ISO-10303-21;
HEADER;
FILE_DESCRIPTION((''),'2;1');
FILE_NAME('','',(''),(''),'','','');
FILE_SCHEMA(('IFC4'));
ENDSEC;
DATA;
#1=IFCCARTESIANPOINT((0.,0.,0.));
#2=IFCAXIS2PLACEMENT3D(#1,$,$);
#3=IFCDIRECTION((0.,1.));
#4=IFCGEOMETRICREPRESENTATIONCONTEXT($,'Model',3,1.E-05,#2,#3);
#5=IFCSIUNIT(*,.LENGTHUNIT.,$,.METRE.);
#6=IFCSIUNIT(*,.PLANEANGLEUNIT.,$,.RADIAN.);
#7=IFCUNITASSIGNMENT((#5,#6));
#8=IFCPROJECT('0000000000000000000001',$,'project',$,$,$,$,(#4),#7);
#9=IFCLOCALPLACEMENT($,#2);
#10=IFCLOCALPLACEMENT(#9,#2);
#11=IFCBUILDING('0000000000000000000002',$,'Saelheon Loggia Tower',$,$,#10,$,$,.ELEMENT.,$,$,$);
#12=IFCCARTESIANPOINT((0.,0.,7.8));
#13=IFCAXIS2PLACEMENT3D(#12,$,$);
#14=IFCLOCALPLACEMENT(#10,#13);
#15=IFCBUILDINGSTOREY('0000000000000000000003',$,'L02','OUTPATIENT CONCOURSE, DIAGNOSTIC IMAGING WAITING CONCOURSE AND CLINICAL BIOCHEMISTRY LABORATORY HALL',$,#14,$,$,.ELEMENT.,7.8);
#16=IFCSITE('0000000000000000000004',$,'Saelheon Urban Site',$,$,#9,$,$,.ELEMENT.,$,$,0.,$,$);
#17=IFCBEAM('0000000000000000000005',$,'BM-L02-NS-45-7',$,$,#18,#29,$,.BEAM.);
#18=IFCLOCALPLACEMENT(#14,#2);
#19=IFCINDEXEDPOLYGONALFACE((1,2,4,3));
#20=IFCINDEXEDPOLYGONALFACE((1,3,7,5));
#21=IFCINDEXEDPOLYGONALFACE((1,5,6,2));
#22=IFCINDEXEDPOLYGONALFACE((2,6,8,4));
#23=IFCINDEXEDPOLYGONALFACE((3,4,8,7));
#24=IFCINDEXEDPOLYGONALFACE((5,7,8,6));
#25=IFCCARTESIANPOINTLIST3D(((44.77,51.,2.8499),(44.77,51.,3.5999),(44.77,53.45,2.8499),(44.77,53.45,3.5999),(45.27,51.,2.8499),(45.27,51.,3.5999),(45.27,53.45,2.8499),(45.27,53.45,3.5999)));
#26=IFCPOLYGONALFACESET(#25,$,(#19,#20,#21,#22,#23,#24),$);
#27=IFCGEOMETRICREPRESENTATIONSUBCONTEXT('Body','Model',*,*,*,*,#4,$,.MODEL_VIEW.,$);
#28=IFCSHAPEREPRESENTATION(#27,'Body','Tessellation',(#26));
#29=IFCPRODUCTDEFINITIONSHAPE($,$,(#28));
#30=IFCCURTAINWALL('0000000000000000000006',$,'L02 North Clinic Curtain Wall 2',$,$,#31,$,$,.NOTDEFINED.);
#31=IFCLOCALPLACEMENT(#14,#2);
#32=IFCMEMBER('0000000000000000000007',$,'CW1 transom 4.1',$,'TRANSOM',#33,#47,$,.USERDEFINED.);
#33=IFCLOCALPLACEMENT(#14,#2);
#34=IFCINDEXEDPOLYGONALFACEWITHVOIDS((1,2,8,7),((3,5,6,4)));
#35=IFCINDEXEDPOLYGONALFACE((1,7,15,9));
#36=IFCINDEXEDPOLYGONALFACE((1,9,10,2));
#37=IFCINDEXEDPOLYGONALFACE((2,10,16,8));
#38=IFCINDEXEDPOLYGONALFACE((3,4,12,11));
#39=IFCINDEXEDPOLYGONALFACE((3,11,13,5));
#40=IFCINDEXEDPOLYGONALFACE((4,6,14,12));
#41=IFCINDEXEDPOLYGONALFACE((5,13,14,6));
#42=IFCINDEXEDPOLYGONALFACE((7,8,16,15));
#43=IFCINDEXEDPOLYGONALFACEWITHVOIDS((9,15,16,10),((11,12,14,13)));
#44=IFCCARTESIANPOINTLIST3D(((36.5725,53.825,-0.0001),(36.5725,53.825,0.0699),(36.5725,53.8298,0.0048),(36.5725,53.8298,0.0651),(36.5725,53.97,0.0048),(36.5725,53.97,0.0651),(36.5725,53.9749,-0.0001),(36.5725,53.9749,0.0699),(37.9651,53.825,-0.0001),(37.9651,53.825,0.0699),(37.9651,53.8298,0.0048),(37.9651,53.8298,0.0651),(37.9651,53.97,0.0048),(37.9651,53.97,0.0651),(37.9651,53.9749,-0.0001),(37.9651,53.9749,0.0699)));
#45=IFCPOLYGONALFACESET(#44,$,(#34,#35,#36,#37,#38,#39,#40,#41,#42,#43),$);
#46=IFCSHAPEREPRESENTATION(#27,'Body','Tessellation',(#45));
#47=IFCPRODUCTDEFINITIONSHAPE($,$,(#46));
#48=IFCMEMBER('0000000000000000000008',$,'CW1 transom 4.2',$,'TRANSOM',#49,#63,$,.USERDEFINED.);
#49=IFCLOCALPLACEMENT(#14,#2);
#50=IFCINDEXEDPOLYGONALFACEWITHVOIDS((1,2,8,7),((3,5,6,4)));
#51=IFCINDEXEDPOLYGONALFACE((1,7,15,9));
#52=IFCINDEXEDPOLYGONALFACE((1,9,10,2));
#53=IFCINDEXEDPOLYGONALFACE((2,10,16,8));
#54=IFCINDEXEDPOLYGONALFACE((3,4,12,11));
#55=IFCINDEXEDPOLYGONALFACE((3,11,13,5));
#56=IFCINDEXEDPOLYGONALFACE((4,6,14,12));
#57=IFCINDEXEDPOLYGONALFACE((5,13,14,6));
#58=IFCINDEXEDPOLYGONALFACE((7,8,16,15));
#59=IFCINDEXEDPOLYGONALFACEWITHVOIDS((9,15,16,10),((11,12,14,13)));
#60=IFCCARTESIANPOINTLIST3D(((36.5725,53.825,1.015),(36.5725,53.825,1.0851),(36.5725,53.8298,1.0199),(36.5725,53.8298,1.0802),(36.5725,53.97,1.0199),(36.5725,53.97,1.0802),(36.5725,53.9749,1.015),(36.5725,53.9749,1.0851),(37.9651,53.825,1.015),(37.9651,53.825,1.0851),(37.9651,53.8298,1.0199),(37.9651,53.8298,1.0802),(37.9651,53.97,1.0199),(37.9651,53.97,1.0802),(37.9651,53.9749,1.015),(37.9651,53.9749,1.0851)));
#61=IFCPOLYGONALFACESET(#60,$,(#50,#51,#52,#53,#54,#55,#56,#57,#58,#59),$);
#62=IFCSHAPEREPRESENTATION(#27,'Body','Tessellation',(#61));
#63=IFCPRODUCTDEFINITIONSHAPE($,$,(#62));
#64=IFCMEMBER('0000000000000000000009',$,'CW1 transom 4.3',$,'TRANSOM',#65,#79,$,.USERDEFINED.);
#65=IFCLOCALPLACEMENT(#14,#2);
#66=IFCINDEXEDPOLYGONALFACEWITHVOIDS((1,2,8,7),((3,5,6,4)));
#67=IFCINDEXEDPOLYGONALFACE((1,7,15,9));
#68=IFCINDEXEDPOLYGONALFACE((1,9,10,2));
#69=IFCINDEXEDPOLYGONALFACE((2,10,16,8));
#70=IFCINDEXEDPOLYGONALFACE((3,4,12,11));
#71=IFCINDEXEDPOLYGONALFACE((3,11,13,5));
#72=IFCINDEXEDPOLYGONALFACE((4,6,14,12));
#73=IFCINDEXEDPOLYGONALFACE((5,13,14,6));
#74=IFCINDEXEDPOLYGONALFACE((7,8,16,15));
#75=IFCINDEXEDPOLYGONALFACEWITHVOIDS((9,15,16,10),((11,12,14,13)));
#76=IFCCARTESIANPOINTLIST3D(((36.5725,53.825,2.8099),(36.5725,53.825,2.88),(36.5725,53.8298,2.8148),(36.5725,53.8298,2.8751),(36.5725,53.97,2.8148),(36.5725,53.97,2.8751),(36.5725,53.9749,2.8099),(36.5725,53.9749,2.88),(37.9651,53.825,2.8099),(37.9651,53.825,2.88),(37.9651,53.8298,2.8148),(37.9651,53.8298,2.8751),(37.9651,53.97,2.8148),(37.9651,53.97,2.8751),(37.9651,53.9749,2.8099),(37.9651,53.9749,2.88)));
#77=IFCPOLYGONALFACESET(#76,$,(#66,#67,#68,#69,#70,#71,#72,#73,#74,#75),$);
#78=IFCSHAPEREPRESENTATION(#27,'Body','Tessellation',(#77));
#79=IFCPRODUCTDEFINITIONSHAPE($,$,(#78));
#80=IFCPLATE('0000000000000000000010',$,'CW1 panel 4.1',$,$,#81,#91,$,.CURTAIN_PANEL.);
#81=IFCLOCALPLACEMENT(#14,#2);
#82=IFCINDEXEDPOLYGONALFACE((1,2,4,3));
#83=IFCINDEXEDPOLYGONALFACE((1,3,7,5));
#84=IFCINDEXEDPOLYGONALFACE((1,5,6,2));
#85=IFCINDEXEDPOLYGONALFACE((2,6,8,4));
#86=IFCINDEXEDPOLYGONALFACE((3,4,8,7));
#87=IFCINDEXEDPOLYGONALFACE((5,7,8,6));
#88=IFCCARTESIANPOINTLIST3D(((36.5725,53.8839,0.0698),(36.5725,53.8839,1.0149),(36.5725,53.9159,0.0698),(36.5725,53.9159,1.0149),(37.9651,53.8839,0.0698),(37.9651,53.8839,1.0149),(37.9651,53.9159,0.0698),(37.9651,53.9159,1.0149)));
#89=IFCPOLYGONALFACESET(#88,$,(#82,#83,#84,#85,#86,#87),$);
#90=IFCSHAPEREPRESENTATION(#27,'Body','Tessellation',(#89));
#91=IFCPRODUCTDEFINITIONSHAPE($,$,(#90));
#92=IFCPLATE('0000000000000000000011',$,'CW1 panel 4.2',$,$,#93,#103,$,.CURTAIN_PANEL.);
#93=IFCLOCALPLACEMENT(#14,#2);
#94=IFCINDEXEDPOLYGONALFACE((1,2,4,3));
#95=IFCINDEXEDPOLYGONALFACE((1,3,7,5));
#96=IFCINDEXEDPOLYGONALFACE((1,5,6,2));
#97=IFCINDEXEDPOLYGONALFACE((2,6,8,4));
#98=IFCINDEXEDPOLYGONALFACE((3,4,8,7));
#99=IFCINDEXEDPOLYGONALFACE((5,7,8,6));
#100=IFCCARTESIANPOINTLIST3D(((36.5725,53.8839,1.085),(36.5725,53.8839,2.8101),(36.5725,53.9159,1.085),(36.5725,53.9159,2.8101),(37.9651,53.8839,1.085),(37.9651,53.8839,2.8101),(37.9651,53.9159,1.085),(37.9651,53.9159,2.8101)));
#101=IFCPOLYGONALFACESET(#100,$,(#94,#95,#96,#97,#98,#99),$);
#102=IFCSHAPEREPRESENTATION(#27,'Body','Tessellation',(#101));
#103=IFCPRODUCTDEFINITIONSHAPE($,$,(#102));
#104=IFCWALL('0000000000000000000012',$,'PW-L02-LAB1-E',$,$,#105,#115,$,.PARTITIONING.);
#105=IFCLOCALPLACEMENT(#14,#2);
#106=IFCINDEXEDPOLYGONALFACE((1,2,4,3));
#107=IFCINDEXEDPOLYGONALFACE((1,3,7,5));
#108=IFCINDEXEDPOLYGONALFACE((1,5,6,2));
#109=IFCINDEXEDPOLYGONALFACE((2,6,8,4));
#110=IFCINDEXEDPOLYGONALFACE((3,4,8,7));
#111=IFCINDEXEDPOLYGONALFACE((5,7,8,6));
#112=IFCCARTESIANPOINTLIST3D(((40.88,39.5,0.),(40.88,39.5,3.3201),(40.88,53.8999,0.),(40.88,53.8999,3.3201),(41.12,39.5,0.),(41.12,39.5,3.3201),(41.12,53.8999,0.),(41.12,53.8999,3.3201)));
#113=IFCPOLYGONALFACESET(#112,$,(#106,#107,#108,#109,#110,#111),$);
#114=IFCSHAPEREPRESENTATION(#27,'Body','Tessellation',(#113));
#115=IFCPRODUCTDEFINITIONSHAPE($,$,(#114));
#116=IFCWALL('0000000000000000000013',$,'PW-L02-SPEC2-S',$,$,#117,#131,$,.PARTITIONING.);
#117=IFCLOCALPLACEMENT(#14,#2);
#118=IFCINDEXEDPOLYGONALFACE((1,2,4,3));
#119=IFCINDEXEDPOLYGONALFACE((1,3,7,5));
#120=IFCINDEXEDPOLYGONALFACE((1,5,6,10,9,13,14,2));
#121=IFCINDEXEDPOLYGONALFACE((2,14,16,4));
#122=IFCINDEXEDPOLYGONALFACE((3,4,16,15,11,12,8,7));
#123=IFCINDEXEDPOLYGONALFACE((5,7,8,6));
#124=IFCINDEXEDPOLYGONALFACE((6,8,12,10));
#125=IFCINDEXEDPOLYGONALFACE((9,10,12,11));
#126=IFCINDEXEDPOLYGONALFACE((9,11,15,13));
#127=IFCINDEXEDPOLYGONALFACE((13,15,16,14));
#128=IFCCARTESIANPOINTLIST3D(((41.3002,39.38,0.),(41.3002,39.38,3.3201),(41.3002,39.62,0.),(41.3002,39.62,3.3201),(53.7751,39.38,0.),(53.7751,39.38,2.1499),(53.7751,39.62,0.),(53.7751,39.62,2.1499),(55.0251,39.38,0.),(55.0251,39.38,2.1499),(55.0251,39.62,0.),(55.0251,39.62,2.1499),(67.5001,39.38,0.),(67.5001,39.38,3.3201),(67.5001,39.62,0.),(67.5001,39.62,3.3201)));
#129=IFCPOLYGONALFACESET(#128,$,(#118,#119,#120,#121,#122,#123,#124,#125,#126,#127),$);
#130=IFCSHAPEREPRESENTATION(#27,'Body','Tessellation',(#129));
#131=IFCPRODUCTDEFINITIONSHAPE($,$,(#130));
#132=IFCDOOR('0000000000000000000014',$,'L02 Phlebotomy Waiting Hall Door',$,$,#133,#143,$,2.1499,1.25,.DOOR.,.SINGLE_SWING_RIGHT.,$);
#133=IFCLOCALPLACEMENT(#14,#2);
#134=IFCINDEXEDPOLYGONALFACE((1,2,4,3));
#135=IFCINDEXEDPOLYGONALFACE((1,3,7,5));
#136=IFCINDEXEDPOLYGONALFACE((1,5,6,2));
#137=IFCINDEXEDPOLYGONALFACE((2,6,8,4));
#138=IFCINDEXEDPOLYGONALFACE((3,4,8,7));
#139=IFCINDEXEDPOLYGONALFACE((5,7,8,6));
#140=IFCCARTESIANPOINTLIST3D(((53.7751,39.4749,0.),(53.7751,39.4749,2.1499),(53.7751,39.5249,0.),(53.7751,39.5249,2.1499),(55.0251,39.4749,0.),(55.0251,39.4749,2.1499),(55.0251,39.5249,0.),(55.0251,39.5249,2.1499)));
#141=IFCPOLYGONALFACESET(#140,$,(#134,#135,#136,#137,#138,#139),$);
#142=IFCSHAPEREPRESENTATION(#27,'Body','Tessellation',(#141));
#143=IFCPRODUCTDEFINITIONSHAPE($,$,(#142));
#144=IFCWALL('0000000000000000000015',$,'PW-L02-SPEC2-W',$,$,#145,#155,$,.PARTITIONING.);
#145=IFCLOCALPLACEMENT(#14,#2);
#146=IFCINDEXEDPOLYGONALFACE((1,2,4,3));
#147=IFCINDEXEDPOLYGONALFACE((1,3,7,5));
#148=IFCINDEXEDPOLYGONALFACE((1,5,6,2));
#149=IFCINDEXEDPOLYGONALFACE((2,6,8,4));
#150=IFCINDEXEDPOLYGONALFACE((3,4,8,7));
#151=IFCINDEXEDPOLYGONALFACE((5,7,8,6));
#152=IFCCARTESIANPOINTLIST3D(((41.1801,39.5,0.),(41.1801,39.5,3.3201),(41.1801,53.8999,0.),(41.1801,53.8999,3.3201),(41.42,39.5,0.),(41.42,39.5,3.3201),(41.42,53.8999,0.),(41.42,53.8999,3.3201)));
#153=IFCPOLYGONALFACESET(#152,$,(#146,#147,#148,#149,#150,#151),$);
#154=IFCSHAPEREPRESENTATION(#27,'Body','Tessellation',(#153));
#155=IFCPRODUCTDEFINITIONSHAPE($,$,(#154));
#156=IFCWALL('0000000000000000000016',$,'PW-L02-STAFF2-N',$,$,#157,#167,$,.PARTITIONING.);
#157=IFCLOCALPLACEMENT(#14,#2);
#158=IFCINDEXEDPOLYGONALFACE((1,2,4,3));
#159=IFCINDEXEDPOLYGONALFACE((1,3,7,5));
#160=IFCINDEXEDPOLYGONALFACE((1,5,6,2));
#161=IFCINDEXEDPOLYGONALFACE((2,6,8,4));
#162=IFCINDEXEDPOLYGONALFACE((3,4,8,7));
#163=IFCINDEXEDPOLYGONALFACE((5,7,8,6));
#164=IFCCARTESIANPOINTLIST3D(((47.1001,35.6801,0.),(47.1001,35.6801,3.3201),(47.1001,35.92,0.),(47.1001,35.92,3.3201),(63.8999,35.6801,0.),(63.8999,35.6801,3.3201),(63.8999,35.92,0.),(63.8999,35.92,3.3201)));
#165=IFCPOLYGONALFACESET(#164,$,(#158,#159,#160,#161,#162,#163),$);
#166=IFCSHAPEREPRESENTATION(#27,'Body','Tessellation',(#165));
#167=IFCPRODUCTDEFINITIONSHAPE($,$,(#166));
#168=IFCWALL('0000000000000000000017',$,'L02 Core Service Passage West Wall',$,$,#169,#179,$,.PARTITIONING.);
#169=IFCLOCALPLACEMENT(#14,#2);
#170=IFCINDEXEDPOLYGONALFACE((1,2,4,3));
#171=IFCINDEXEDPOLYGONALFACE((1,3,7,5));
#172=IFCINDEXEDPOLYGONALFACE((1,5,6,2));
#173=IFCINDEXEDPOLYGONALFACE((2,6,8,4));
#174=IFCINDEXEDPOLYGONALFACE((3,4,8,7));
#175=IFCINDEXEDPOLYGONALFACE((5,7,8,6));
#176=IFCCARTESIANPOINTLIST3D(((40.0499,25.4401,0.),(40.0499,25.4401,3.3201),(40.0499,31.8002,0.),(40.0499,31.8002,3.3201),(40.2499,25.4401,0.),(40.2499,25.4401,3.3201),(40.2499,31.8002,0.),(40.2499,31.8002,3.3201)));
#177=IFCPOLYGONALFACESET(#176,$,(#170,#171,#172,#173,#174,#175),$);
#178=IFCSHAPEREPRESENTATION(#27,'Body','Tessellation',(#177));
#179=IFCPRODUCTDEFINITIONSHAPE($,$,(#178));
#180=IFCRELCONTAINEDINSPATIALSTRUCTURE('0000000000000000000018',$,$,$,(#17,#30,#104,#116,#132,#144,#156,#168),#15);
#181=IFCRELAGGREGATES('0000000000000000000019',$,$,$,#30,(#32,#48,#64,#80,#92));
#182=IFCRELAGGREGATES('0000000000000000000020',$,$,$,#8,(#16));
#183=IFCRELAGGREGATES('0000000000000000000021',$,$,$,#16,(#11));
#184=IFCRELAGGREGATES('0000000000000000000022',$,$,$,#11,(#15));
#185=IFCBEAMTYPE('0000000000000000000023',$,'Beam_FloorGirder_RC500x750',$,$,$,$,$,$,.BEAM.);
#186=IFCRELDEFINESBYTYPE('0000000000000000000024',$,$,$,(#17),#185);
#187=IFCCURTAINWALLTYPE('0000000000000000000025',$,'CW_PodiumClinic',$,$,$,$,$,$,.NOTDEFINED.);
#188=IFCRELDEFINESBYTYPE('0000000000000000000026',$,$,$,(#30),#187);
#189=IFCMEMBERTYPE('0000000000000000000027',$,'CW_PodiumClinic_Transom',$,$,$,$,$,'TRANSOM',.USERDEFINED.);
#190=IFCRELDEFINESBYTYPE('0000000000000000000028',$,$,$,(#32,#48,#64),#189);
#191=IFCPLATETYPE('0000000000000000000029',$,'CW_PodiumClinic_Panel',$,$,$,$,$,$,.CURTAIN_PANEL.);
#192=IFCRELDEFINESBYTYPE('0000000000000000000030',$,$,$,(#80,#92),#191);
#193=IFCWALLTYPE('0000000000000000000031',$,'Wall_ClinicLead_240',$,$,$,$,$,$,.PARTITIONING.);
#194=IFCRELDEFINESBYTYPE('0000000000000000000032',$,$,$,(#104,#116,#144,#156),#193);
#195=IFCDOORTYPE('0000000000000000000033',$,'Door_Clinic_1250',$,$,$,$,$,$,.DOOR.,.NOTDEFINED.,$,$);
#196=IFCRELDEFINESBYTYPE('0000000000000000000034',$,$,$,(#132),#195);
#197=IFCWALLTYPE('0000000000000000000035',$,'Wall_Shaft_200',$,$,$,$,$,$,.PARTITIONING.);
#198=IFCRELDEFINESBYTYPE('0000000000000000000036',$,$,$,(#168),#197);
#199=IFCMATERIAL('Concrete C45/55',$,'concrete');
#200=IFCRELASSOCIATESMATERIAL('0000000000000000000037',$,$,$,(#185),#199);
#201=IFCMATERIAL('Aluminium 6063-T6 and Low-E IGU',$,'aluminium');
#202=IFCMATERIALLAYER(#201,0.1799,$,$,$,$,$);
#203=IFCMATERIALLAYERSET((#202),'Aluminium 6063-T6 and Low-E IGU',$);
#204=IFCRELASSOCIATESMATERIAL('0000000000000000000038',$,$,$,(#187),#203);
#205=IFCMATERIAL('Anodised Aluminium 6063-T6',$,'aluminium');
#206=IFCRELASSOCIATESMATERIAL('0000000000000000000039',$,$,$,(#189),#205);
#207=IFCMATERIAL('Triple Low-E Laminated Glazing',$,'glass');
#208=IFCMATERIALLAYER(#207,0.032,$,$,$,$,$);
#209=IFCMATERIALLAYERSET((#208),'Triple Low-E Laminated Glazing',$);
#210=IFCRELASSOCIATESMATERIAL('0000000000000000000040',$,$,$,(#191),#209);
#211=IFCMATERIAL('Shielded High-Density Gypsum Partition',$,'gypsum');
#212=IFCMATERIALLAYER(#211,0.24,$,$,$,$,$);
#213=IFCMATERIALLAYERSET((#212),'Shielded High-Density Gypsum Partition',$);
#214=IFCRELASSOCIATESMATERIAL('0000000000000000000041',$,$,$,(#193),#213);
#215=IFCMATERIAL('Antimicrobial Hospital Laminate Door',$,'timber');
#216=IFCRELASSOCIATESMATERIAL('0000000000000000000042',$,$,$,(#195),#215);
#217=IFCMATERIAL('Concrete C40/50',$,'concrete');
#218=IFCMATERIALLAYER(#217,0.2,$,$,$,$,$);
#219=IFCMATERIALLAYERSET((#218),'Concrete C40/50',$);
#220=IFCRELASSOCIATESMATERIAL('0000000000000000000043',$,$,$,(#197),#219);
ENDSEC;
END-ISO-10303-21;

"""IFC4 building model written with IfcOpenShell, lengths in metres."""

from ifc_helpers import new_model, si_unit, direction, frame, frame_2d, origin, origin_2d, place, context, subcontext, project, spatial, rectangle, hollow_rectangle, extrude, source, transform, mapped, material, layer, layer_set, material_profile, profile_set, type_object, element, fill, aggregate, save


model = new_model("IFC4")

# Units and contexts
model_context = context("Model", 3, precision=1e-05, world=origin(), true_north=direction((0.0, 1.0)))
body_context = subcontext(model_context, "Body", "Model", "MODEL_VIEW")
ifc_project = project(units=[si_unit("LENGTHUNIT", "METRE"), si_unit("PLANEANGLEUNIT", "RADIAN")], contexts=[model_context])

# Site, building, storey
site_placement = place(None, origin())
site = spatial("IfcSite", under=ifc_project, at=site_placement, Name="Saelheon Urban Site", CompositionType="ELEMENT", RefElevation=0.0)
building_placement = place(site_placement, origin())
building = spatial("IfcBuilding", under=site, at=building_placement, Name="Saelheon Loggia Tower", CompositionType="ELEMENT")
storey_placement = place(building_placement, frame((0.0, 0.0, 7.8)))
storey = spatial("IfcBuildingStorey", under=building, at=storey_placement, Name="L02", Description="OUTPATIENT CONCOURSE, DIAGNOSTIC IMAGING WAITING CONCOURSE AND CLINICAL BIOCHEMISTRY LABORATORY HALL", CompositionType="ELEMENT", Elevation=7.8)

# Beam
ifc_material_1 = material(Name="Concrete C45/55", Category="concrete")
ifc_material_profile_1 = material_profile(ifc_material_1, rectangle(XDim=0.5, YDim=0.75, at=origin_2d()), Name="RC-500x750")
ifc_profile_set_1 = profile_set([ifc_material_profile_1], Name="Concrete C45/55")
beam_type_1 = type_object("IfcBeamType", Name="Beam_FloorGirder_RC500x750", PredefinedType="BEAM", material=ifc_profile_set_1)
shared_shape_1 = source(origin(), body_context, "Body", "SweptSolid", [
    extrude(rectangle(XDim=0.5, YDim=0.75, at=origin_2d()), origin(), (0.0, 0.0, 1.0), 2.45),
])
beam_1_placement = place(storey_placement, frame((45.02, 51.0, 3.2249), z_axis=(0.0, 1.0, 0.0), x_axis=(-1.0, 0.0, 0.0)))
element("IfcBeam", 1, at=beam_1_placement, inside=storey, type_object=beam_type_1, Name="BM-L02-NS-45-7", PredefinedType="BEAM", context=body_context, shape_type="MappedRepresentation", body=[
    mapped(shared_shape_1, transform((0.0, 0.0, 0.0), scale=1.0)),
])

# Curtain wall, members, plates
ifc_material_2 = material(Name="Aluminium 6063-T6 and Low-E IGU", Category="aluminium")
ifc_layer_1 = layer(ifc_material_2, 0.1799)
ifc_layer_set_1 = layer_set([ifc_layer_1], Name="Aluminium 6063-T6 and Low-E IGU")
curtain_wall_type = type_object("IfcCurtainWallType", Name="CW_PodiumClinic", PredefinedType="NOTDEFINED", material=ifc_layer_set_1)
curtain_wall_placement = place(storey_placement, origin())
curtain_wall = element("IfcCurtainWall", 2, at=curtain_wall_placement, inside=storey, type_object=curtain_wall_type, Name="L02 North Clinic Curtain Wall 2", PredefinedType="NOTDEFINED")
ifc_material_3 = material(Name="Anodised Aluminium 6063-T6", Category="aluminium")
ifc_material_profile_2 = material_profile(ifc_material_3, hollow_rectangle(XDim=0.0701, YDim=0.1499, WallThickness=0.0049, at=origin_2d()), Name="RHS-150x70x5")
ifc_profile_set_2 = profile_set([ifc_material_profile_2], Name="Anodised Aluminium 6063-T6")
member_type = type_object("IfcMemberType", Name="CW_PodiumClinic_Transom", ElementType="TRANSOM", PredefinedType="USERDEFINED", material=ifc_profile_set_2)
shared_shape_2 = source(origin(), body_context, "Body", "SweptSolid", [
    extrude(hollow_rectangle(XDim=0.0701, YDim=0.1499, WallThickness=0.0049, at=origin_2d()), origin(), (0.0, 0.0, 1.0), 1.3926),
])
member_1_placement = place(storey_placement, frame((36.5725, 53.8999, 0.0349), z_axis=(1.0, 0.0, 0.0), x_axis=(0.0, 0.0, 1.0)))
member_1 = element("IfcMember", 3, at=member_1_placement, type_object=member_type, Name="CW1 transom 4.1", ObjectType="TRANSOM", PredefinedType="USERDEFINED", context=body_context, shape_type="MappedRepresentation", body=[
    mapped(shared_shape_2, transform((0.0, 0.0, 0.0), scale=1.0)),
])
member_2_placement = place(storey_placement, frame((36.5725, 53.8999, 1.05), z_axis=(1.0, 0.0, 0.0), x_axis=(0.0, 0.0, 1.0)))
member_2 = element("IfcMember", 4, at=member_2_placement, type_object=member_type, Name="CW1 transom 4.2", ObjectType="TRANSOM", PredefinedType="USERDEFINED", context=body_context, shape_type="MappedRepresentation", body=[
    mapped(shared_shape_2, transform((0.0, 0.0, 0.0), scale=1.0)),
])
member_3_placement = place(storey_placement, frame((36.5725, 53.8999, 2.845), z_axis=(1.0, 0.0, 0.0), x_axis=(0.0, 0.0, 1.0)))
member_3 = element("IfcMember", 5, at=member_3_placement, type_object=member_type, Name="CW1 transom 4.3", ObjectType="TRANSOM", PredefinedType="USERDEFINED", context=body_context, shape_type="MappedRepresentation", body=[
    mapped(shared_shape_2, transform((0.0, 0.0, 0.0), scale=1.0)),
])
ifc_material_4 = material(Name="Triple Low-E Laminated Glazing", Category="glass")
ifc_layer_2 = layer(ifc_material_4, 0.032)
ifc_layer_set_2 = layer_set([ifc_layer_2], Name="Triple Low-E Laminated Glazing")
plate_type = type_object("IfcPlateType", Name="CW_PodiumClinic_Panel", PredefinedType="CURTAIN_PANEL", material=ifc_layer_set_2)
shared_shape_3 = source(origin(), body_context, "Body", "SweptSolid", [
    extrude(rectangle(XDim=1.3926, YDim=0.032, at=origin_2d()), origin(), (0.0, 0.0, 1.0), 0.9451),
])
plate_1_placement = place(storey_placement, frame((37.2688, 53.8999, 0.0698), z_axis=(0.0, 0.0, 1.0), x_axis=(1.0, 0.0, 0.0)))
plate_1 = element("IfcPlate", 6, at=plate_1_placement, type_object=plate_type, Name="CW1 panel 4.1", PredefinedType="CURTAIN_PANEL", context=body_context, shape_type="MappedRepresentation", body=[
    mapped(shared_shape_3, transform((0.0, 0.0, 0.0), scale=1.0)),
])
shared_shape_4 = source(origin(), body_context, "Body", "SweptSolid", [
    extrude(rectangle(XDim=1.3926, YDim=0.032, at=origin_2d()), origin(), (0.0, 0.0, 1.0), 1.7251),
])
plate_2_placement = place(storey_placement, frame((37.2688, 53.8999, 1.085), z_axis=(0.0, 0.0, 1.0), x_axis=(1.0, 0.0, 0.0)))
plate_2 = element("IfcPlate", 7, at=plate_2_placement, type_object=plate_type, Name="CW1 panel 4.2", PredefinedType="CURTAIN_PANEL", context=body_context, shape_type="MappedRepresentation", body=[
    mapped(shared_shape_4, transform((0.0, 0.0, 0.0), scale=1.0)),
])
aggregate(curtain_wall, [member_1, member_2, member_3, plate_1, plate_2])

# Wall
ifc_material_5 = material(Name="Shielded High-Density Gypsum Partition", Category="gypsum")
ifc_layer_3 = layer(ifc_material_5, 0.24)
ifc_layer_set_3 = layer_set([ifc_layer_3], Name="Shielded High-Density Gypsum Partition")
wall_type_1 = type_object("IfcWallType", Name="Wall_ClinicLead_240", PredefinedType="PARTITIONING", material=ifc_layer_set_3)
wall_1_placement = place(storey_placement, frame((41.0, 39.5, 0.0), z_axis=(0.0, 0.0, 1.0), x_axis=(0.0, 1.0, 0.0)))
element("IfcWall", 8, at=wall_1_placement, inside=storey, type_object=wall_type_1, Name="PW-L02-LAB1-E", PredefinedType="PARTITIONING", context=body_context, shape_type="SweptSolid", body=[
    extrude(rectangle(XDim=14.3999, YDim=0.24, at=frame_2d((7.2, 0.0))), origin(), (0.0, 0.0, 1.0), 3.3201),
])

# Wall, opening, door
wall_2_placement = place(storey_placement, frame((41.3, 39.5, 0.0), z_axis=(0.0, 0.0, 1.0), x_axis=(1.0, 0.0, 0.0)))
wall_2 = element("IfcWall", 9, at=wall_2_placement, inside=storey, type_object=wall_type_1, Name="PW-L02-SPEC2-S", PredefinedType="PARTITIONING", context=body_context, shape_type="SweptSolid", body=[
    extrude(rectangle(XDim=26.2, YDim=0.24, at=frame_2d((13.1001, 0.0))), origin(), (0.0, 0.0, 1.0), 3.3201),
])
opening_placement = place(wall_2_placement, frame((12.4751, 0.0, 0.0)))
opening = element("IfcOpeningElement", 10, at=opening_placement, cuts=wall_2, PredefinedType="OPENING", context=body_context, shape_type="SweptSolid", body=[
    extrude(rectangle(XDim=1.25, YDim=2.1499, at=frame_2d((0.625, 1.075))), frame((0.0, 0.1321, 0.0), z_axis=(0.0, -1.0, 0.0), x_axis=(1.0, 0.0, 0.0)), (0.0, 0.0, 1.0), 0.2639),
])
ifc_material_6 = material(Name="Antimicrobial Hospital Laminate Door", Category="timber")
door_type = type_object("IfcDoorType", Name="Door_Clinic_1250", OperationType="NOTDEFINED", PredefinedType="DOOR", material=ifc_material_6)
shared_shape_5 = source(origin(), body_context, "Body", "SweptSolid", [
    extrude(rectangle(XDim=1.25, YDim=2.1499, at=frame_2d((0.625, 1.075))), frame((0.0, 0.0249, 0.0), z_axis=(0.0, -1.0, 0.0), x_axis=(1.0, 0.0, 0.0)), (0.0, 0.0, 1.0), 0.05),
])
door_placement = place(opening_placement, origin())
door = element("IfcDoor", 11, at=door_placement, inside=storey, type_object=door_type, Name="L02 Phlebotomy Waiting Hall Door", OperationType="SINGLE_SWING_RIGHT", OverallHeight=2.1499, OverallWidth=1.25, PredefinedType="DOOR", context=body_context, shape_type="MappedRepresentation", body=[
    mapped(shared_shape_5, transform((0.0, 0.0, 0.0), scale=1.0)),
])
fill(opening, door)

# Walls
wall_3_placement = place(storey_placement, frame((41.3, 39.5, 0.0), z_axis=(0.0, 0.0, 1.0), x_axis=(0.0, 1.0, 0.0)))
element("IfcWall", 12, at=wall_3_placement, inside=storey, type_object=wall_type_1, Name="PW-L02-SPEC2-W", PredefinedType="PARTITIONING", context=body_context, shape_type="SweptSolid", body=[
    extrude(rectangle(XDim=14.3999, YDim=0.24, at=frame_2d((7.2, 0.0))), origin(), (0.0, 0.0, 1.0), 3.3201),
])
wall_4_placement = place(storey_placement, frame((47.1001, 35.8, 0.0), z_axis=(0.0, 0.0, 1.0), x_axis=(1.0, 0.0, 0.0)))
element("IfcWall", 13, at=wall_4_placement, inside=storey, type_object=wall_type_1, Name="PW-L02-STAFF2-N", PredefinedType="PARTITIONING", context=body_context, shape_type="SweptSolid", body=[
    extrude(rectangle(XDim=16.7998, YDim=0.24, at=frame_2d((8.3999, 0.0))), origin(), (0.0, 0.0, 1.0), 3.3201),
])
ifc_material_7 = material(Name="Concrete C40/50", Category="concrete")
ifc_layer_4 = layer(ifc_material_7, 0.2)
ifc_layer_set_4 = layer_set([ifc_layer_4], Name="Concrete C40/50")
wall_type_2 = type_object("IfcWallType", Name="Wall_Shaft_200", PredefinedType="PARTITIONING", material=ifc_layer_set_4)
wall_5_placement = place(storey_placement, frame((40.1499, 25.4399, 0.0), z_axis=(0.0, 0.0, 1.0), x_axis=(0.0, 1.0, 0.0)))
element("IfcWall", 14, at=wall_5_placement, inside=storey, type_object=wall_type_2, Name="L02 Core Service Passage West Wall", PredefinedType="PARTITIONING", context=body_context, shape_type="SweptSolid", body=[
    extrude(rectangle(XDim=6.3601, YDim=0.2, at=frame_2d((3.1802, 0.0))), origin(), (0.0, 0.0, 1.0), 3.3201),
])

save(model, "model.ifc")
